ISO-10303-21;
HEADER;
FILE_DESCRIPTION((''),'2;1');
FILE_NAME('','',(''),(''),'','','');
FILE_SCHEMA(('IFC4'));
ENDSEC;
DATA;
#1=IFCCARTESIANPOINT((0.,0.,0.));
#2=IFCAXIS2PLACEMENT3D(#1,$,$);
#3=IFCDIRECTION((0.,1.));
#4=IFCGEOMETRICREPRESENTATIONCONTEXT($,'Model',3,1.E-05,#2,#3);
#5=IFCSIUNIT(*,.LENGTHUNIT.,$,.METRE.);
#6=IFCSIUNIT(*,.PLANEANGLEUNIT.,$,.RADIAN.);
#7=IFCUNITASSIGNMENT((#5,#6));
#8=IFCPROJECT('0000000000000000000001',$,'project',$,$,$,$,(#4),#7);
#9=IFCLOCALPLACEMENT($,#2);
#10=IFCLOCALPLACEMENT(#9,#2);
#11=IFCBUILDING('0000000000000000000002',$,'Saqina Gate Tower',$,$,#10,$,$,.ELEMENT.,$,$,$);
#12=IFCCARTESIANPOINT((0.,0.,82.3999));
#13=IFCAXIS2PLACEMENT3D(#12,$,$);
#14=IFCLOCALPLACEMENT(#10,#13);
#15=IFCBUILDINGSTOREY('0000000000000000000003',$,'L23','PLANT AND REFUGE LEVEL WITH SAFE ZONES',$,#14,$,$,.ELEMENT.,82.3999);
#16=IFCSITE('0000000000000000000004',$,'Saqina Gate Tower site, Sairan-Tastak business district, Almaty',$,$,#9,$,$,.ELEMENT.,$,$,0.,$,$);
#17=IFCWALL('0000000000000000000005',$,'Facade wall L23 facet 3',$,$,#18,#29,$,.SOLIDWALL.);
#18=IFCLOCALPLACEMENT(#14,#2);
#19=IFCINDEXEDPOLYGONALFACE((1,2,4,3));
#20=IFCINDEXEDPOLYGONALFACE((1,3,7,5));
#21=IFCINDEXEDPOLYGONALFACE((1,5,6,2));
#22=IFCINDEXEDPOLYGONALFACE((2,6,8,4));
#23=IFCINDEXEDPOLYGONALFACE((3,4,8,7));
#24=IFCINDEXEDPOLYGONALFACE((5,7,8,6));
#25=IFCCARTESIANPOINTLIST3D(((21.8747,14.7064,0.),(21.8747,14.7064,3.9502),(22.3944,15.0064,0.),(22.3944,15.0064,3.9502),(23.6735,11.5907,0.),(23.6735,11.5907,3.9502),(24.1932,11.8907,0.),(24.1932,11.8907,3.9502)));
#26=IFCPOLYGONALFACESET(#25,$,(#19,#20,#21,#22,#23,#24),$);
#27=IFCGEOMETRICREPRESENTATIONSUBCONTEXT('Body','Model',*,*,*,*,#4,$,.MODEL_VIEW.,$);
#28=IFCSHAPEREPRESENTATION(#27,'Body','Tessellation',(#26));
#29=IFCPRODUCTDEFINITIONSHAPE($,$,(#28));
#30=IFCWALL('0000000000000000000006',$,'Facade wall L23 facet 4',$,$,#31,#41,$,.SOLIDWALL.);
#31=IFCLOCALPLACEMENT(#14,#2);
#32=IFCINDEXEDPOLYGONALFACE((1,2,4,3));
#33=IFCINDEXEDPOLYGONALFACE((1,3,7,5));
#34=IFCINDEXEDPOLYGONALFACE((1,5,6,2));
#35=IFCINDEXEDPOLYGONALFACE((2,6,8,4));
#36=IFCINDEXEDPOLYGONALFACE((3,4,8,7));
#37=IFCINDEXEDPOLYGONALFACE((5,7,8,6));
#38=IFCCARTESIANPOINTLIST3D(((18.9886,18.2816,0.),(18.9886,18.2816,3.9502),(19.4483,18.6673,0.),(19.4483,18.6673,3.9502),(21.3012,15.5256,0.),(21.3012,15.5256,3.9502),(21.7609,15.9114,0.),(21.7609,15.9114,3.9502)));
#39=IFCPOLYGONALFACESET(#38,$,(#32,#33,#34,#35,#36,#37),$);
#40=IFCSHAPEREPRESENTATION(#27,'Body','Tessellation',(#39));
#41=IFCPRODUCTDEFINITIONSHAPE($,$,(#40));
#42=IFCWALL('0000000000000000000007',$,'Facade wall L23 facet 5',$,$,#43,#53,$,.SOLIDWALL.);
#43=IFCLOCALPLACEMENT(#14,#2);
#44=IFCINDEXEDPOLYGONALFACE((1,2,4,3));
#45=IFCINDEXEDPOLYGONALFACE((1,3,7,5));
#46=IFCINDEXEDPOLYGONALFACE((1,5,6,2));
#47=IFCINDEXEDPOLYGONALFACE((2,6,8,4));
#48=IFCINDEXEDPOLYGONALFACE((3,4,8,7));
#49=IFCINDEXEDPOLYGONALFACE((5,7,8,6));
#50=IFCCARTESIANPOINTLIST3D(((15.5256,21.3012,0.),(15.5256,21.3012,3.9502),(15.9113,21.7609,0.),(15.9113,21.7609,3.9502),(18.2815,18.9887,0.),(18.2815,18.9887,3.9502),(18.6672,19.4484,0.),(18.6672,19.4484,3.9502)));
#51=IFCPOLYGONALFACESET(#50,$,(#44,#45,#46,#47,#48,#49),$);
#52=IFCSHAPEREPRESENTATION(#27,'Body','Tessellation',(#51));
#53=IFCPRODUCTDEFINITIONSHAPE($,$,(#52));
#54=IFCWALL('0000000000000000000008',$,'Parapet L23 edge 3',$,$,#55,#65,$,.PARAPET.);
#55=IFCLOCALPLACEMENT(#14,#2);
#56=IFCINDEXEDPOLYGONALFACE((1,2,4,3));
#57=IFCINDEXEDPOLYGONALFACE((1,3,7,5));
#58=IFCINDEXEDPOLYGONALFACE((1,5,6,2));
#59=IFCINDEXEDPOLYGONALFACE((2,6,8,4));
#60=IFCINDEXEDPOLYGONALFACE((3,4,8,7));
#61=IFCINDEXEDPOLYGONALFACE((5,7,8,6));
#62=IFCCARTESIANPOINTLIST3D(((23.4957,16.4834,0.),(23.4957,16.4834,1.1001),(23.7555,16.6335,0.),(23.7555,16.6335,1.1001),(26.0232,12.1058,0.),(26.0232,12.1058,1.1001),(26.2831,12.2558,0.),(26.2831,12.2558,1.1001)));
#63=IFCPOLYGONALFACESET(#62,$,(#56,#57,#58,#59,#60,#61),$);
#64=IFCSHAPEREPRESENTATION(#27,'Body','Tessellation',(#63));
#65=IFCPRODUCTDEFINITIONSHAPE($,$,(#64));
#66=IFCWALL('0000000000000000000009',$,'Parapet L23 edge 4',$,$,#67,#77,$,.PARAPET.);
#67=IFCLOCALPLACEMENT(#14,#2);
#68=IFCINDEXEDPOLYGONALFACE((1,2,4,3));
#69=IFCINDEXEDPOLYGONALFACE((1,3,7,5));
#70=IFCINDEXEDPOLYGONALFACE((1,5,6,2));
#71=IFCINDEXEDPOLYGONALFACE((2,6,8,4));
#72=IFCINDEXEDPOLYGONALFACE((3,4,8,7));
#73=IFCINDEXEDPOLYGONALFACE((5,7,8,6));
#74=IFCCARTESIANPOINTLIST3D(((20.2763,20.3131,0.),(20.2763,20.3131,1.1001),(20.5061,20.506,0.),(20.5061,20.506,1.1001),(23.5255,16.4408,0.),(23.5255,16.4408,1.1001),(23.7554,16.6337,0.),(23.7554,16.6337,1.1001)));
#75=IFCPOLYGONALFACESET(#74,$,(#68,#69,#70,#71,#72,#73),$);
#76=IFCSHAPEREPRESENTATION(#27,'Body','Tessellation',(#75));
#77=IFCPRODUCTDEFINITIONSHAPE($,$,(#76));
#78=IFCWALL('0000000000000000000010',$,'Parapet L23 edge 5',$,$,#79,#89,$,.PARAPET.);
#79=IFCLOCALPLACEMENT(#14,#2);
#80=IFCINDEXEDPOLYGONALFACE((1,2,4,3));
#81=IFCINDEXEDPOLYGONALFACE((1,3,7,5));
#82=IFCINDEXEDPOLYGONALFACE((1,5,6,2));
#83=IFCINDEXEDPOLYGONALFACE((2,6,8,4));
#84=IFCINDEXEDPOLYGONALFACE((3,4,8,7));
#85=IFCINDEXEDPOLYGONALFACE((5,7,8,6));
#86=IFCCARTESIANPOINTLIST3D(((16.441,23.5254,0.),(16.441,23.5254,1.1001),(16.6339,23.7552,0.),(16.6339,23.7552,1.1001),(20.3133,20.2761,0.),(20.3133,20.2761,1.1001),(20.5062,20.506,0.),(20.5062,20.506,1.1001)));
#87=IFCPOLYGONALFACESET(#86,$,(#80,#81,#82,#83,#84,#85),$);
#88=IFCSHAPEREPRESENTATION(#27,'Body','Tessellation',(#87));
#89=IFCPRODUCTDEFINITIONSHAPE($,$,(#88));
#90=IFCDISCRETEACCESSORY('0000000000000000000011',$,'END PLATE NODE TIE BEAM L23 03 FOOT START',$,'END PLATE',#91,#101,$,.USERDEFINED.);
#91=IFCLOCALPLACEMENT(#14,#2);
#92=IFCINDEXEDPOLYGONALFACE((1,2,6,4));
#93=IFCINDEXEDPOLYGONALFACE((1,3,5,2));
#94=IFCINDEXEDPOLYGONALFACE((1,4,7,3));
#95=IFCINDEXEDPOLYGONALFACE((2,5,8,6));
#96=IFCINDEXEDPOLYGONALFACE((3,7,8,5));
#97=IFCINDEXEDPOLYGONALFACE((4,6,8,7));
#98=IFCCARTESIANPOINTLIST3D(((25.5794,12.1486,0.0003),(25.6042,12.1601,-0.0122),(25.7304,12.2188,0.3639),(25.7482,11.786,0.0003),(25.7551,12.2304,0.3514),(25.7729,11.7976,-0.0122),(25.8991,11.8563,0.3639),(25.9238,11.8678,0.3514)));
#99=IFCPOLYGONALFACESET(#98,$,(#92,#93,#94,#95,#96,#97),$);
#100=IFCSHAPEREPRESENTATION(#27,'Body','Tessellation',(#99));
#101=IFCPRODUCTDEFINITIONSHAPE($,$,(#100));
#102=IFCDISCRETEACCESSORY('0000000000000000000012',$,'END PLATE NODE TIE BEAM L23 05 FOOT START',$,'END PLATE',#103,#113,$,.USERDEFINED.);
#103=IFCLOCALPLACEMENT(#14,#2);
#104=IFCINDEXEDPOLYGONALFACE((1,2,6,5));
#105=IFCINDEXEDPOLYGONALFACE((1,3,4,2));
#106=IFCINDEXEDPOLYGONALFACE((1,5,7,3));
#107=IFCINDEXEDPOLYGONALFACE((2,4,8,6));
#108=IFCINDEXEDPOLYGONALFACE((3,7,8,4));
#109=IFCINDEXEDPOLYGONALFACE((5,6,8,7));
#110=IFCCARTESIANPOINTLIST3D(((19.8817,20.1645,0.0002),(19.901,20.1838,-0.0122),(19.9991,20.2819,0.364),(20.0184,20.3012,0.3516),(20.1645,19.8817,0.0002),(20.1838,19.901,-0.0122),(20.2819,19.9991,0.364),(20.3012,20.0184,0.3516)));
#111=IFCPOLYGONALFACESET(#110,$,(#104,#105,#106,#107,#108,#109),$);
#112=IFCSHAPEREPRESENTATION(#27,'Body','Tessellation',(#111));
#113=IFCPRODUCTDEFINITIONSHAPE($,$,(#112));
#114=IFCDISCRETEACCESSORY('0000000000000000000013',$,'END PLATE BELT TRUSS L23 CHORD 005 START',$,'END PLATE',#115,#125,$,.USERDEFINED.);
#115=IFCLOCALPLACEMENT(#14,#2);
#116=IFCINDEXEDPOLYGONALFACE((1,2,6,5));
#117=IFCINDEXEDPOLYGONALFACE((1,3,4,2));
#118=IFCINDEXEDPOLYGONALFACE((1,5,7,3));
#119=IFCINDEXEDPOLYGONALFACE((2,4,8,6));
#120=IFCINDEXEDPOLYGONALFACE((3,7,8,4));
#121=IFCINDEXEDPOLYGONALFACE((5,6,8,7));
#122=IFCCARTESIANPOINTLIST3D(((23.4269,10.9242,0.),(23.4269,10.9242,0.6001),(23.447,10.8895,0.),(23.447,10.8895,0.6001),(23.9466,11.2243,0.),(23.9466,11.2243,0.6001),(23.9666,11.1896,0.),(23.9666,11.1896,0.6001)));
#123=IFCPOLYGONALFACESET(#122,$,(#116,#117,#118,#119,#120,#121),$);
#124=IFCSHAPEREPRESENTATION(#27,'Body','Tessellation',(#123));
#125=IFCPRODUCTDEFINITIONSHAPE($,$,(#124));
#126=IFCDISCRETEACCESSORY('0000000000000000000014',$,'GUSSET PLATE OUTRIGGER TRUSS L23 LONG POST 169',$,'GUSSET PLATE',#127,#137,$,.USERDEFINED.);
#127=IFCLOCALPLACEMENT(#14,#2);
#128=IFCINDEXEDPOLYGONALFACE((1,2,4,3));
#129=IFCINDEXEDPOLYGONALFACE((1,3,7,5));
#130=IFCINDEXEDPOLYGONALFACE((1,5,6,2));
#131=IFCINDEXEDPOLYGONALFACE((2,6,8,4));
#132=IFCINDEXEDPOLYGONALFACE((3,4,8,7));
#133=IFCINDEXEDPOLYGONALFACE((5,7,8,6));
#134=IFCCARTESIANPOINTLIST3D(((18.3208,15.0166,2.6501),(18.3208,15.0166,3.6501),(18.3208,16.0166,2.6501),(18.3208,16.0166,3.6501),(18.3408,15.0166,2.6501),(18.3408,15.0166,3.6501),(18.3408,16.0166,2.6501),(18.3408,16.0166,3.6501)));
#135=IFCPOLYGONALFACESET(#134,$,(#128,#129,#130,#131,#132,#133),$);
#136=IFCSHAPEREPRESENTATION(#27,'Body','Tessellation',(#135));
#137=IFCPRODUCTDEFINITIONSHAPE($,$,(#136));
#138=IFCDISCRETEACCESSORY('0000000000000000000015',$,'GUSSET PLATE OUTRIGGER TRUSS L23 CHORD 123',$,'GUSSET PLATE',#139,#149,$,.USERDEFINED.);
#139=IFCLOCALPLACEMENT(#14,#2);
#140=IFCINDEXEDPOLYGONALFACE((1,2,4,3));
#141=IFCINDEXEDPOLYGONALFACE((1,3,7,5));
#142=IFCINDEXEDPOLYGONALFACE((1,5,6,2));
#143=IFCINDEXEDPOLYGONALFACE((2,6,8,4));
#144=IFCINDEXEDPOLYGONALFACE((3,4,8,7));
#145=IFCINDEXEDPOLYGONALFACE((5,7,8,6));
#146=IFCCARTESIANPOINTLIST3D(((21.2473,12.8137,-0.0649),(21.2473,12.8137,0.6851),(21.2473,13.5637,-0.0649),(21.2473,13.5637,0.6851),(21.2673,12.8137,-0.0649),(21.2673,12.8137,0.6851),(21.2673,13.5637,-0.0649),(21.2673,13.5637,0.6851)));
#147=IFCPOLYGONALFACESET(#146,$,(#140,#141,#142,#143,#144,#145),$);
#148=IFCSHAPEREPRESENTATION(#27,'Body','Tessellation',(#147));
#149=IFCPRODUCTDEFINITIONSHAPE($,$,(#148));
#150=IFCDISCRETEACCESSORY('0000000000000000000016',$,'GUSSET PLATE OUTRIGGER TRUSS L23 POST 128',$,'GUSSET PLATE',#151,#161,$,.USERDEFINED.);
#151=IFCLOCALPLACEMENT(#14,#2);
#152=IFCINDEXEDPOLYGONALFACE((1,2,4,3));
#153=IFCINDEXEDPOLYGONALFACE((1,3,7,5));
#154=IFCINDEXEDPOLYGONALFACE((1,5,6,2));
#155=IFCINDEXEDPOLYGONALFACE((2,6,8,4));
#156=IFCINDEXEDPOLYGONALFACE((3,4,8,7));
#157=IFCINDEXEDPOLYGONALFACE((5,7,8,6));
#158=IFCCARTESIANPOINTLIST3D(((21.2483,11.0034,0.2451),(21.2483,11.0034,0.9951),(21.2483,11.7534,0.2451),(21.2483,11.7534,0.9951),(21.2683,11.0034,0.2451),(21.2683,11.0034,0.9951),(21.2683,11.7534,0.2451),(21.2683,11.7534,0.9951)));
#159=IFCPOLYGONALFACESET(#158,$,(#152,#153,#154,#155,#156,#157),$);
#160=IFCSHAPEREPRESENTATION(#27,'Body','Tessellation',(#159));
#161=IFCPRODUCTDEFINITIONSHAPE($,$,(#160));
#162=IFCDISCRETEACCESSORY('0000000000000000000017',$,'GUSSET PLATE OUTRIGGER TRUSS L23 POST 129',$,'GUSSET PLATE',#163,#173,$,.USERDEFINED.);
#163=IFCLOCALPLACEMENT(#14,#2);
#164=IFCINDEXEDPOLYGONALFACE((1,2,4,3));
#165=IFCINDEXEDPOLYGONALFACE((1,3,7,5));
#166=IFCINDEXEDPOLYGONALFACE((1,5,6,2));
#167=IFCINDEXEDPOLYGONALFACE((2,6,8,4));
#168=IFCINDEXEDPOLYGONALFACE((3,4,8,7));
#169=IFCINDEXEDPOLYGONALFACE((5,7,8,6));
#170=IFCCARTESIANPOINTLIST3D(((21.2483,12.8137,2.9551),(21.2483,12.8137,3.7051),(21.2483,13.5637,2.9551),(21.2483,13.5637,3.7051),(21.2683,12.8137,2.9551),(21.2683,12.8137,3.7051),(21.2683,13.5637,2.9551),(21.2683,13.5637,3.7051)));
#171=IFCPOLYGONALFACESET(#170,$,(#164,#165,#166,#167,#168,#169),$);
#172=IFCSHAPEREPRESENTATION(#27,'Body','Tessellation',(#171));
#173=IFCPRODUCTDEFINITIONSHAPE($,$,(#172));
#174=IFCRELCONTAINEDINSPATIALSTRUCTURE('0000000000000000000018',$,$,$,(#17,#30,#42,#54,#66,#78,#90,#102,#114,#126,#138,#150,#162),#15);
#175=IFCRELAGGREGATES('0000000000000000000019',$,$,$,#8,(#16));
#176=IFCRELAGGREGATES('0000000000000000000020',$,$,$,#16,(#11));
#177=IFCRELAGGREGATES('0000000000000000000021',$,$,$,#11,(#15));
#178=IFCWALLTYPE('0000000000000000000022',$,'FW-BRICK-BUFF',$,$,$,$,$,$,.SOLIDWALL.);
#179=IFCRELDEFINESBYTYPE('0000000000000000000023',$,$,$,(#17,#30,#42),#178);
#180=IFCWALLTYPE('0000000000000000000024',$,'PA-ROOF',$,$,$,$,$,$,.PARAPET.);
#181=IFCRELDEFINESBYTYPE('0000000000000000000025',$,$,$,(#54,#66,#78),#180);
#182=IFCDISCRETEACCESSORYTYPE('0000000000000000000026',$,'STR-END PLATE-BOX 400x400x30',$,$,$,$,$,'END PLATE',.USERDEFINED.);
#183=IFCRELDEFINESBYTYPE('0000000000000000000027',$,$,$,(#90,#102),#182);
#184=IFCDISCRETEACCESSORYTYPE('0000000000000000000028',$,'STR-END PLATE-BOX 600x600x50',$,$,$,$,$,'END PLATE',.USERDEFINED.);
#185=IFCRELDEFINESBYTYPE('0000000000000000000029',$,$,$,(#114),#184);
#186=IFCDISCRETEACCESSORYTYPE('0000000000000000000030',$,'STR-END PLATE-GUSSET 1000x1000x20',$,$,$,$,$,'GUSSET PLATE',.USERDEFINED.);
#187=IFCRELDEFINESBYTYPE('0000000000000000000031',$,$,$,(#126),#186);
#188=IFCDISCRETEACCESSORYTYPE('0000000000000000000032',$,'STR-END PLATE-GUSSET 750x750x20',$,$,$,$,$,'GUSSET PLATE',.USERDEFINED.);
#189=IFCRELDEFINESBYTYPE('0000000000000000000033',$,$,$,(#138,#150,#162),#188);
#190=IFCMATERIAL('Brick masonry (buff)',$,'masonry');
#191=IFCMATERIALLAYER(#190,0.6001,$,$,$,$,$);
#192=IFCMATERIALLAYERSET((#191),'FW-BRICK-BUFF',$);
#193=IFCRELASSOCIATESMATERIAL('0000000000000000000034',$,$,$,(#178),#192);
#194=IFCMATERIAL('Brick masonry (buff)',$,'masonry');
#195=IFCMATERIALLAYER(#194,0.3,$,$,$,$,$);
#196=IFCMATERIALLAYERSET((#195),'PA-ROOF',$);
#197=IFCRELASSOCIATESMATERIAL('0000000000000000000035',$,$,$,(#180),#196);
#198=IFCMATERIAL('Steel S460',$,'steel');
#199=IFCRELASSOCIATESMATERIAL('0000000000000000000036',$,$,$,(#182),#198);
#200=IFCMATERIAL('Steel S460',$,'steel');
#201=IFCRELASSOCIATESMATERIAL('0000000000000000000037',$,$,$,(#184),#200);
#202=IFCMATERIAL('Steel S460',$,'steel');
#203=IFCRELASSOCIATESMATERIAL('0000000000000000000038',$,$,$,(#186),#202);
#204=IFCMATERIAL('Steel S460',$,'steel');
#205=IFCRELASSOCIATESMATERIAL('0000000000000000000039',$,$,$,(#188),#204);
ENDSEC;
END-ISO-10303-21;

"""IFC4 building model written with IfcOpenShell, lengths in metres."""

from ifc_helpers import new_model, si_unit, direction, frame, frame_2d, origin, origin_2d, place, context, subcontext, project, spatial, rectangle, extrude, material, layer, layer_set, material_profile, profile_set, type_object, element, save


model = new_model("IFC4")

# Units and contexts
model_context = context("Model", 3, precision=1e-05, world=origin(), true_north=direction((0.0, 1.0)))
body_context = subcontext(model_context, "Body", "Model", "MODEL_VIEW")
ifc_project = project(units=[si_unit("LENGTHUNIT", "METRE"), si_unit("PLANEANGLEUNIT", "RADIAN")], contexts=[model_context])

# Site, building, storey
site_placement = place(None, origin())
site = spatial("IfcSite", under=ifc_project, at=site_placement, Name="Saqina Gate Tower site, Sairan-Tastak business district, Almaty", CompositionType="ELEMENT", RefElevation=0.0)
building_placement = place(site_placement, origin())
building = spatial("IfcBuilding", under=site, at=building_placement, Name="Saqina Gate Tower", CompositionType="ELEMENT")
storey_placement = place(building_placement, frame((0.0, 0.0, 82.3999)))
storey = spatial("IfcBuildingStorey", under=building, at=storey_placement, Name="L23", Description="PLANT AND REFUGE LEVEL WITH SAFE ZONES", CompositionType="ELEMENT", Elevation=82.3999)

# Walls
ifc_material_1 = material(Name="Brick masonry (buff)", Category="masonry")
ifc_layer_1 = layer(ifc_material_1, 0.6001)
ifc_layer_set_1 = layer_set([ifc_layer_1], Name="FW-BRICK-BUFF")
wall_type_1 = type_object("IfcWallType", Name="FW-BRICK-BUFF", PredefinedType="SOLIDWALL", material=ifc_layer_set_1)
for number, where, z_axis, x_axis, name in (
    (1, (23.9333, 11.7407, 0.0), (0.0, 0.0, 1.0), (-0.499993, 0.86603, 0.0), "Facade wall L23 facet 3"),
    (2, (21.531, 15.7185, 0.0), (0.0, 0.0, 1.0), (-0.642797, 0.766036, 0.0), "Facade wall L23 facet 4"),
    (3, (18.4744, 19.2185, 0.0), (0.0, 0.0, 1.0), (-0.766036, 0.642797, 0.0), "Facade wall L23 facet 5"),
):
    element("IfcWall", number, at=place(storey_placement, frame(where, z_axis=z_axis, x_axis=x_axis)), inside=storey, type_object=wall_type_1, Name=name, PredefinedType="SOLIDWALL", context=body_context, shape_type="SweptSolid", body=[
        extrude(rectangle(XDim=3.5977, YDim=0.6001, at=frame_2d((1.7988, 0.0))), origin(), (0.0, 0.0, 1.0), 3.9502),
    ])
ifc_material_2 = material(Name="Brick masonry (buff)", Category="masonry")
ifc_layer_2 = layer(ifc_material_2, 0.3)
ifc_layer_set_2 = layer_set([ifc_layer_2], Name="PA-ROOF")
wall_type_2 = type_object("IfcWallType", Name="PA-ROOF", PredefinedType="PARAPET", material=ifc_layer_set_2)
for number, where, z_axis, x_axis, name in (
    (4, (26.1531, 12.1809, 0.0), (0.0, 0.0, 1.0), (-0.500019, 0.866014, 0.0), "Parapet L23 edge 3"),
    (5, (23.6404, 16.5374, 0.0), (0.0, 0.0, 1.0), (-0.642789, 0.766043, 0.0), "Parapet L23 edge 4"),
    (6, (20.4097, 20.3911, 0.0), (0.0, 0.0, 1.0), (-0.766043, 0.642789, 0.0), "Parapet L23 edge 5"),
):
    element("IfcWall", number, at=place(storey_placement, frame(where, z_axis=z_axis, x_axis=x_axis)), inside=storey, type_object=wall_type_2, Name=name, PredefinedType="PARAPET", context=body_context, shape_type="SweptSolid", body=[
        extrude(rectangle(XDim=5.0549, YDim=0.3, at=frame_2d((2.5273, 0.0))), origin(), (0.0, 0.0, 1.0), 1.1001),
    ])

# Discrete accessories
ifc_material_3 = material(Name="Steel S460", Category="steel")
ifc_material_profile_1 = material_profile(ifc_material_3, rectangle(XDim=0.3999, YDim=0.3999, at=origin_2d()), Name="STR-END PLATE-BOX 400x400x30")
ifc_profile_set_1 = profile_set([ifc_material_profile_1], Name="Steel S460")
discrete_accessory_type_1 = type_object("IfcDiscreteAccessoryType", Name="STR-END PLATE-BOX 400x400x30", ElementType="END PLATE", PredefinedType="USERDEFINED", material=ifc_profile_set_1)
for number, where, z_axis, x_axis, name in (
    (7, (25.7393, 12.0024, 0.1821), (0.824359, 0.383613, -0.416261), (0.421905, -0.90664, 0.000007), "END PLATE NODE TIE BEAM L23 03 FOOT START"),
    (8, (20.0818, 20.0818, 0.1821), (0.643255, 0.643255, -0.415266), (0.707107, -0.707107, 0.0), "END PLATE NODE TIE BEAM L23 05 FOOT START"),
):
    element("IfcDiscreteAccessory", number, at=place(storey_placement, frame(where, z_axis=z_axis, x_axis=x_axis)), inside=storey, type_object=discrete_accessory_type_1, Name=name, ObjectType="END PLATE", PredefinedType="USERDEFINED", context=body_context, shape_type="SweptSolid", body=[
        extrude(rectangle(XDim=0.3999, YDim=0.3999, at=origin_2d()), origin(), (0.0, 0.0, 1.0), 0.03),
    ])
ifc_material_4 = material(Name="Steel S460", Category="steel")
ifc_material_profile_2 = material_profile(ifc_material_4, rectangle(XDim=0.6001, YDim=0.6001, at=origin_2d()), Name="STR-END PLATE-BOX 600x600x50")
ifc_profile_set_2 = profile_set([ifc_material_profile_2], Name="Steel S460")
discrete_accessory_type_2 = type_object("IfcDiscreteAccessoryType", Name="STR-END PLATE-BOX 600x600x50", ElementType="END PLATE", PredefinedType="USERDEFINED", material=ifc_profile_set_2)
discrete_accessory_1_placement = place(storey_placement, frame((23.6868, 11.0742, 0.3), z_axis=(0.500074, -0.865982, 0.0), x_axis=(-0.865982, -0.500074, 0.0)))
element("IfcDiscreteAccessory", 9, at=discrete_accessory_1_placement, inside=storey, type_object=discrete_accessory_type_2, Name="END PLATE BELT TRUSS L23 CHORD 005 START", ObjectType="END PLATE", PredefinedType="USERDEFINED", context=body_context, shape_type="SweptSolid", body=[
    extrude(rectangle(XDim=0.6001, YDim=0.6001, at=origin_2d()), origin(), (0.0, 0.0, 1.0), 0.04),
])
ifc_material_5 = material(Name="Steel S460", Category="steel")
ifc_material_profile_3 = material_profile(ifc_material_5, rectangle(XDim=1.0, YDim=1.0, at=origin_2d()), Name="STR-END PLATE-GUSSET 1000x1000x20")
ifc_profile_set_3 = profile_set([ifc_material_profile_3], Name="Steel S460")
discrete_accessory_type_3 = type_object("IfcDiscreteAccessoryType", Name="STR-END PLATE-GUSSET 1000x1000x20", ElementType="GUSSET PLATE", PredefinedType="USERDEFINED", material=ifc_profile_set_3)
discrete_accessory_2_placement = place(storey_placement, frame((18.3408, 15.5166, 3.1501), z_axis=(-1.0, 0.0, 0.0), x_axis=(0.0, -1.0, 0.0)))
element("IfcDiscreteAccessory", 10, at=discrete_accessory_2_placement, inside=storey, type_object=discrete_accessory_type_3, Name="GUSSET PLATE OUTRIGGER TRUSS L23 LONG POST 169", ObjectType="GUSSET PLATE", PredefinedType="USERDEFINED", context=body_context, shape_type="SweptSolid", body=[
    extrude(rectangle(XDim=1.0, YDim=1.0, at=origin_2d()), origin(), (0.0, 0.0, 1.0), 0.02),
])
ifc_material_6 = material(Name="Steel S460", Category="steel")
ifc_material_profile_4 = material_profile(ifc_material_6, rectangle(XDim=0.75, YDim=0.75, at=origin_2d()), Name="STR-END PLATE-GUSSET 750x750x20")
ifc_profile_set_4 = profile_set([ifc_material_profile_4], Name="Steel S460")
discrete_accessory_type_4 = type_object("IfcDiscreteAccessoryType", Name="STR-END PLATE-GUSSET 750x750x20", ElementType="GUSSET PLATE", PredefinedType="USERDEFINED", material=ifc_profile_set_4)
for number, where, z_axis, x_axis, name in (
    (11, (21.2673, 13.1887, 0.3101), (-1.0, 0.0, 0.0), (0.0, -1.0, 0.0), "GUSSET PLATE OUTRIGGER TRUSS L23 CHORD 123"),
    (12, (21.2683, 11.3784, 0.6201), (-1.0, 0.0, 0.0), (0.0, -1.0, 0.0), "GUSSET PLATE OUTRIGGER TRUSS L23 POST 128"),
    (13, (21.2683, 13.1887, 3.3301), (-1.0, 0.0, 0.0), (0.0, -1.0, 0.0), "GUSSET PLATE OUTRIGGER TRUSS L23 POST 129"),
):
    element("IfcDiscreteAccessory", number, at=place(storey_placement, frame(where, z_axis=z_axis, x_axis=x_axis)), inside=storey, type_object=discrete_accessory_type_4, Name=name, ObjectType="GUSSET PLATE", PredefinedType="USERDEFINED", context=body_context, shape_type="SweptSolid", body=[
        extrude(rectangle(XDim=0.75, YDim=0.75, at=origin_2d()), origin(), (0.0, 0.0, 1.0), 0.02),
    ])

save(model, "model.ifc")
